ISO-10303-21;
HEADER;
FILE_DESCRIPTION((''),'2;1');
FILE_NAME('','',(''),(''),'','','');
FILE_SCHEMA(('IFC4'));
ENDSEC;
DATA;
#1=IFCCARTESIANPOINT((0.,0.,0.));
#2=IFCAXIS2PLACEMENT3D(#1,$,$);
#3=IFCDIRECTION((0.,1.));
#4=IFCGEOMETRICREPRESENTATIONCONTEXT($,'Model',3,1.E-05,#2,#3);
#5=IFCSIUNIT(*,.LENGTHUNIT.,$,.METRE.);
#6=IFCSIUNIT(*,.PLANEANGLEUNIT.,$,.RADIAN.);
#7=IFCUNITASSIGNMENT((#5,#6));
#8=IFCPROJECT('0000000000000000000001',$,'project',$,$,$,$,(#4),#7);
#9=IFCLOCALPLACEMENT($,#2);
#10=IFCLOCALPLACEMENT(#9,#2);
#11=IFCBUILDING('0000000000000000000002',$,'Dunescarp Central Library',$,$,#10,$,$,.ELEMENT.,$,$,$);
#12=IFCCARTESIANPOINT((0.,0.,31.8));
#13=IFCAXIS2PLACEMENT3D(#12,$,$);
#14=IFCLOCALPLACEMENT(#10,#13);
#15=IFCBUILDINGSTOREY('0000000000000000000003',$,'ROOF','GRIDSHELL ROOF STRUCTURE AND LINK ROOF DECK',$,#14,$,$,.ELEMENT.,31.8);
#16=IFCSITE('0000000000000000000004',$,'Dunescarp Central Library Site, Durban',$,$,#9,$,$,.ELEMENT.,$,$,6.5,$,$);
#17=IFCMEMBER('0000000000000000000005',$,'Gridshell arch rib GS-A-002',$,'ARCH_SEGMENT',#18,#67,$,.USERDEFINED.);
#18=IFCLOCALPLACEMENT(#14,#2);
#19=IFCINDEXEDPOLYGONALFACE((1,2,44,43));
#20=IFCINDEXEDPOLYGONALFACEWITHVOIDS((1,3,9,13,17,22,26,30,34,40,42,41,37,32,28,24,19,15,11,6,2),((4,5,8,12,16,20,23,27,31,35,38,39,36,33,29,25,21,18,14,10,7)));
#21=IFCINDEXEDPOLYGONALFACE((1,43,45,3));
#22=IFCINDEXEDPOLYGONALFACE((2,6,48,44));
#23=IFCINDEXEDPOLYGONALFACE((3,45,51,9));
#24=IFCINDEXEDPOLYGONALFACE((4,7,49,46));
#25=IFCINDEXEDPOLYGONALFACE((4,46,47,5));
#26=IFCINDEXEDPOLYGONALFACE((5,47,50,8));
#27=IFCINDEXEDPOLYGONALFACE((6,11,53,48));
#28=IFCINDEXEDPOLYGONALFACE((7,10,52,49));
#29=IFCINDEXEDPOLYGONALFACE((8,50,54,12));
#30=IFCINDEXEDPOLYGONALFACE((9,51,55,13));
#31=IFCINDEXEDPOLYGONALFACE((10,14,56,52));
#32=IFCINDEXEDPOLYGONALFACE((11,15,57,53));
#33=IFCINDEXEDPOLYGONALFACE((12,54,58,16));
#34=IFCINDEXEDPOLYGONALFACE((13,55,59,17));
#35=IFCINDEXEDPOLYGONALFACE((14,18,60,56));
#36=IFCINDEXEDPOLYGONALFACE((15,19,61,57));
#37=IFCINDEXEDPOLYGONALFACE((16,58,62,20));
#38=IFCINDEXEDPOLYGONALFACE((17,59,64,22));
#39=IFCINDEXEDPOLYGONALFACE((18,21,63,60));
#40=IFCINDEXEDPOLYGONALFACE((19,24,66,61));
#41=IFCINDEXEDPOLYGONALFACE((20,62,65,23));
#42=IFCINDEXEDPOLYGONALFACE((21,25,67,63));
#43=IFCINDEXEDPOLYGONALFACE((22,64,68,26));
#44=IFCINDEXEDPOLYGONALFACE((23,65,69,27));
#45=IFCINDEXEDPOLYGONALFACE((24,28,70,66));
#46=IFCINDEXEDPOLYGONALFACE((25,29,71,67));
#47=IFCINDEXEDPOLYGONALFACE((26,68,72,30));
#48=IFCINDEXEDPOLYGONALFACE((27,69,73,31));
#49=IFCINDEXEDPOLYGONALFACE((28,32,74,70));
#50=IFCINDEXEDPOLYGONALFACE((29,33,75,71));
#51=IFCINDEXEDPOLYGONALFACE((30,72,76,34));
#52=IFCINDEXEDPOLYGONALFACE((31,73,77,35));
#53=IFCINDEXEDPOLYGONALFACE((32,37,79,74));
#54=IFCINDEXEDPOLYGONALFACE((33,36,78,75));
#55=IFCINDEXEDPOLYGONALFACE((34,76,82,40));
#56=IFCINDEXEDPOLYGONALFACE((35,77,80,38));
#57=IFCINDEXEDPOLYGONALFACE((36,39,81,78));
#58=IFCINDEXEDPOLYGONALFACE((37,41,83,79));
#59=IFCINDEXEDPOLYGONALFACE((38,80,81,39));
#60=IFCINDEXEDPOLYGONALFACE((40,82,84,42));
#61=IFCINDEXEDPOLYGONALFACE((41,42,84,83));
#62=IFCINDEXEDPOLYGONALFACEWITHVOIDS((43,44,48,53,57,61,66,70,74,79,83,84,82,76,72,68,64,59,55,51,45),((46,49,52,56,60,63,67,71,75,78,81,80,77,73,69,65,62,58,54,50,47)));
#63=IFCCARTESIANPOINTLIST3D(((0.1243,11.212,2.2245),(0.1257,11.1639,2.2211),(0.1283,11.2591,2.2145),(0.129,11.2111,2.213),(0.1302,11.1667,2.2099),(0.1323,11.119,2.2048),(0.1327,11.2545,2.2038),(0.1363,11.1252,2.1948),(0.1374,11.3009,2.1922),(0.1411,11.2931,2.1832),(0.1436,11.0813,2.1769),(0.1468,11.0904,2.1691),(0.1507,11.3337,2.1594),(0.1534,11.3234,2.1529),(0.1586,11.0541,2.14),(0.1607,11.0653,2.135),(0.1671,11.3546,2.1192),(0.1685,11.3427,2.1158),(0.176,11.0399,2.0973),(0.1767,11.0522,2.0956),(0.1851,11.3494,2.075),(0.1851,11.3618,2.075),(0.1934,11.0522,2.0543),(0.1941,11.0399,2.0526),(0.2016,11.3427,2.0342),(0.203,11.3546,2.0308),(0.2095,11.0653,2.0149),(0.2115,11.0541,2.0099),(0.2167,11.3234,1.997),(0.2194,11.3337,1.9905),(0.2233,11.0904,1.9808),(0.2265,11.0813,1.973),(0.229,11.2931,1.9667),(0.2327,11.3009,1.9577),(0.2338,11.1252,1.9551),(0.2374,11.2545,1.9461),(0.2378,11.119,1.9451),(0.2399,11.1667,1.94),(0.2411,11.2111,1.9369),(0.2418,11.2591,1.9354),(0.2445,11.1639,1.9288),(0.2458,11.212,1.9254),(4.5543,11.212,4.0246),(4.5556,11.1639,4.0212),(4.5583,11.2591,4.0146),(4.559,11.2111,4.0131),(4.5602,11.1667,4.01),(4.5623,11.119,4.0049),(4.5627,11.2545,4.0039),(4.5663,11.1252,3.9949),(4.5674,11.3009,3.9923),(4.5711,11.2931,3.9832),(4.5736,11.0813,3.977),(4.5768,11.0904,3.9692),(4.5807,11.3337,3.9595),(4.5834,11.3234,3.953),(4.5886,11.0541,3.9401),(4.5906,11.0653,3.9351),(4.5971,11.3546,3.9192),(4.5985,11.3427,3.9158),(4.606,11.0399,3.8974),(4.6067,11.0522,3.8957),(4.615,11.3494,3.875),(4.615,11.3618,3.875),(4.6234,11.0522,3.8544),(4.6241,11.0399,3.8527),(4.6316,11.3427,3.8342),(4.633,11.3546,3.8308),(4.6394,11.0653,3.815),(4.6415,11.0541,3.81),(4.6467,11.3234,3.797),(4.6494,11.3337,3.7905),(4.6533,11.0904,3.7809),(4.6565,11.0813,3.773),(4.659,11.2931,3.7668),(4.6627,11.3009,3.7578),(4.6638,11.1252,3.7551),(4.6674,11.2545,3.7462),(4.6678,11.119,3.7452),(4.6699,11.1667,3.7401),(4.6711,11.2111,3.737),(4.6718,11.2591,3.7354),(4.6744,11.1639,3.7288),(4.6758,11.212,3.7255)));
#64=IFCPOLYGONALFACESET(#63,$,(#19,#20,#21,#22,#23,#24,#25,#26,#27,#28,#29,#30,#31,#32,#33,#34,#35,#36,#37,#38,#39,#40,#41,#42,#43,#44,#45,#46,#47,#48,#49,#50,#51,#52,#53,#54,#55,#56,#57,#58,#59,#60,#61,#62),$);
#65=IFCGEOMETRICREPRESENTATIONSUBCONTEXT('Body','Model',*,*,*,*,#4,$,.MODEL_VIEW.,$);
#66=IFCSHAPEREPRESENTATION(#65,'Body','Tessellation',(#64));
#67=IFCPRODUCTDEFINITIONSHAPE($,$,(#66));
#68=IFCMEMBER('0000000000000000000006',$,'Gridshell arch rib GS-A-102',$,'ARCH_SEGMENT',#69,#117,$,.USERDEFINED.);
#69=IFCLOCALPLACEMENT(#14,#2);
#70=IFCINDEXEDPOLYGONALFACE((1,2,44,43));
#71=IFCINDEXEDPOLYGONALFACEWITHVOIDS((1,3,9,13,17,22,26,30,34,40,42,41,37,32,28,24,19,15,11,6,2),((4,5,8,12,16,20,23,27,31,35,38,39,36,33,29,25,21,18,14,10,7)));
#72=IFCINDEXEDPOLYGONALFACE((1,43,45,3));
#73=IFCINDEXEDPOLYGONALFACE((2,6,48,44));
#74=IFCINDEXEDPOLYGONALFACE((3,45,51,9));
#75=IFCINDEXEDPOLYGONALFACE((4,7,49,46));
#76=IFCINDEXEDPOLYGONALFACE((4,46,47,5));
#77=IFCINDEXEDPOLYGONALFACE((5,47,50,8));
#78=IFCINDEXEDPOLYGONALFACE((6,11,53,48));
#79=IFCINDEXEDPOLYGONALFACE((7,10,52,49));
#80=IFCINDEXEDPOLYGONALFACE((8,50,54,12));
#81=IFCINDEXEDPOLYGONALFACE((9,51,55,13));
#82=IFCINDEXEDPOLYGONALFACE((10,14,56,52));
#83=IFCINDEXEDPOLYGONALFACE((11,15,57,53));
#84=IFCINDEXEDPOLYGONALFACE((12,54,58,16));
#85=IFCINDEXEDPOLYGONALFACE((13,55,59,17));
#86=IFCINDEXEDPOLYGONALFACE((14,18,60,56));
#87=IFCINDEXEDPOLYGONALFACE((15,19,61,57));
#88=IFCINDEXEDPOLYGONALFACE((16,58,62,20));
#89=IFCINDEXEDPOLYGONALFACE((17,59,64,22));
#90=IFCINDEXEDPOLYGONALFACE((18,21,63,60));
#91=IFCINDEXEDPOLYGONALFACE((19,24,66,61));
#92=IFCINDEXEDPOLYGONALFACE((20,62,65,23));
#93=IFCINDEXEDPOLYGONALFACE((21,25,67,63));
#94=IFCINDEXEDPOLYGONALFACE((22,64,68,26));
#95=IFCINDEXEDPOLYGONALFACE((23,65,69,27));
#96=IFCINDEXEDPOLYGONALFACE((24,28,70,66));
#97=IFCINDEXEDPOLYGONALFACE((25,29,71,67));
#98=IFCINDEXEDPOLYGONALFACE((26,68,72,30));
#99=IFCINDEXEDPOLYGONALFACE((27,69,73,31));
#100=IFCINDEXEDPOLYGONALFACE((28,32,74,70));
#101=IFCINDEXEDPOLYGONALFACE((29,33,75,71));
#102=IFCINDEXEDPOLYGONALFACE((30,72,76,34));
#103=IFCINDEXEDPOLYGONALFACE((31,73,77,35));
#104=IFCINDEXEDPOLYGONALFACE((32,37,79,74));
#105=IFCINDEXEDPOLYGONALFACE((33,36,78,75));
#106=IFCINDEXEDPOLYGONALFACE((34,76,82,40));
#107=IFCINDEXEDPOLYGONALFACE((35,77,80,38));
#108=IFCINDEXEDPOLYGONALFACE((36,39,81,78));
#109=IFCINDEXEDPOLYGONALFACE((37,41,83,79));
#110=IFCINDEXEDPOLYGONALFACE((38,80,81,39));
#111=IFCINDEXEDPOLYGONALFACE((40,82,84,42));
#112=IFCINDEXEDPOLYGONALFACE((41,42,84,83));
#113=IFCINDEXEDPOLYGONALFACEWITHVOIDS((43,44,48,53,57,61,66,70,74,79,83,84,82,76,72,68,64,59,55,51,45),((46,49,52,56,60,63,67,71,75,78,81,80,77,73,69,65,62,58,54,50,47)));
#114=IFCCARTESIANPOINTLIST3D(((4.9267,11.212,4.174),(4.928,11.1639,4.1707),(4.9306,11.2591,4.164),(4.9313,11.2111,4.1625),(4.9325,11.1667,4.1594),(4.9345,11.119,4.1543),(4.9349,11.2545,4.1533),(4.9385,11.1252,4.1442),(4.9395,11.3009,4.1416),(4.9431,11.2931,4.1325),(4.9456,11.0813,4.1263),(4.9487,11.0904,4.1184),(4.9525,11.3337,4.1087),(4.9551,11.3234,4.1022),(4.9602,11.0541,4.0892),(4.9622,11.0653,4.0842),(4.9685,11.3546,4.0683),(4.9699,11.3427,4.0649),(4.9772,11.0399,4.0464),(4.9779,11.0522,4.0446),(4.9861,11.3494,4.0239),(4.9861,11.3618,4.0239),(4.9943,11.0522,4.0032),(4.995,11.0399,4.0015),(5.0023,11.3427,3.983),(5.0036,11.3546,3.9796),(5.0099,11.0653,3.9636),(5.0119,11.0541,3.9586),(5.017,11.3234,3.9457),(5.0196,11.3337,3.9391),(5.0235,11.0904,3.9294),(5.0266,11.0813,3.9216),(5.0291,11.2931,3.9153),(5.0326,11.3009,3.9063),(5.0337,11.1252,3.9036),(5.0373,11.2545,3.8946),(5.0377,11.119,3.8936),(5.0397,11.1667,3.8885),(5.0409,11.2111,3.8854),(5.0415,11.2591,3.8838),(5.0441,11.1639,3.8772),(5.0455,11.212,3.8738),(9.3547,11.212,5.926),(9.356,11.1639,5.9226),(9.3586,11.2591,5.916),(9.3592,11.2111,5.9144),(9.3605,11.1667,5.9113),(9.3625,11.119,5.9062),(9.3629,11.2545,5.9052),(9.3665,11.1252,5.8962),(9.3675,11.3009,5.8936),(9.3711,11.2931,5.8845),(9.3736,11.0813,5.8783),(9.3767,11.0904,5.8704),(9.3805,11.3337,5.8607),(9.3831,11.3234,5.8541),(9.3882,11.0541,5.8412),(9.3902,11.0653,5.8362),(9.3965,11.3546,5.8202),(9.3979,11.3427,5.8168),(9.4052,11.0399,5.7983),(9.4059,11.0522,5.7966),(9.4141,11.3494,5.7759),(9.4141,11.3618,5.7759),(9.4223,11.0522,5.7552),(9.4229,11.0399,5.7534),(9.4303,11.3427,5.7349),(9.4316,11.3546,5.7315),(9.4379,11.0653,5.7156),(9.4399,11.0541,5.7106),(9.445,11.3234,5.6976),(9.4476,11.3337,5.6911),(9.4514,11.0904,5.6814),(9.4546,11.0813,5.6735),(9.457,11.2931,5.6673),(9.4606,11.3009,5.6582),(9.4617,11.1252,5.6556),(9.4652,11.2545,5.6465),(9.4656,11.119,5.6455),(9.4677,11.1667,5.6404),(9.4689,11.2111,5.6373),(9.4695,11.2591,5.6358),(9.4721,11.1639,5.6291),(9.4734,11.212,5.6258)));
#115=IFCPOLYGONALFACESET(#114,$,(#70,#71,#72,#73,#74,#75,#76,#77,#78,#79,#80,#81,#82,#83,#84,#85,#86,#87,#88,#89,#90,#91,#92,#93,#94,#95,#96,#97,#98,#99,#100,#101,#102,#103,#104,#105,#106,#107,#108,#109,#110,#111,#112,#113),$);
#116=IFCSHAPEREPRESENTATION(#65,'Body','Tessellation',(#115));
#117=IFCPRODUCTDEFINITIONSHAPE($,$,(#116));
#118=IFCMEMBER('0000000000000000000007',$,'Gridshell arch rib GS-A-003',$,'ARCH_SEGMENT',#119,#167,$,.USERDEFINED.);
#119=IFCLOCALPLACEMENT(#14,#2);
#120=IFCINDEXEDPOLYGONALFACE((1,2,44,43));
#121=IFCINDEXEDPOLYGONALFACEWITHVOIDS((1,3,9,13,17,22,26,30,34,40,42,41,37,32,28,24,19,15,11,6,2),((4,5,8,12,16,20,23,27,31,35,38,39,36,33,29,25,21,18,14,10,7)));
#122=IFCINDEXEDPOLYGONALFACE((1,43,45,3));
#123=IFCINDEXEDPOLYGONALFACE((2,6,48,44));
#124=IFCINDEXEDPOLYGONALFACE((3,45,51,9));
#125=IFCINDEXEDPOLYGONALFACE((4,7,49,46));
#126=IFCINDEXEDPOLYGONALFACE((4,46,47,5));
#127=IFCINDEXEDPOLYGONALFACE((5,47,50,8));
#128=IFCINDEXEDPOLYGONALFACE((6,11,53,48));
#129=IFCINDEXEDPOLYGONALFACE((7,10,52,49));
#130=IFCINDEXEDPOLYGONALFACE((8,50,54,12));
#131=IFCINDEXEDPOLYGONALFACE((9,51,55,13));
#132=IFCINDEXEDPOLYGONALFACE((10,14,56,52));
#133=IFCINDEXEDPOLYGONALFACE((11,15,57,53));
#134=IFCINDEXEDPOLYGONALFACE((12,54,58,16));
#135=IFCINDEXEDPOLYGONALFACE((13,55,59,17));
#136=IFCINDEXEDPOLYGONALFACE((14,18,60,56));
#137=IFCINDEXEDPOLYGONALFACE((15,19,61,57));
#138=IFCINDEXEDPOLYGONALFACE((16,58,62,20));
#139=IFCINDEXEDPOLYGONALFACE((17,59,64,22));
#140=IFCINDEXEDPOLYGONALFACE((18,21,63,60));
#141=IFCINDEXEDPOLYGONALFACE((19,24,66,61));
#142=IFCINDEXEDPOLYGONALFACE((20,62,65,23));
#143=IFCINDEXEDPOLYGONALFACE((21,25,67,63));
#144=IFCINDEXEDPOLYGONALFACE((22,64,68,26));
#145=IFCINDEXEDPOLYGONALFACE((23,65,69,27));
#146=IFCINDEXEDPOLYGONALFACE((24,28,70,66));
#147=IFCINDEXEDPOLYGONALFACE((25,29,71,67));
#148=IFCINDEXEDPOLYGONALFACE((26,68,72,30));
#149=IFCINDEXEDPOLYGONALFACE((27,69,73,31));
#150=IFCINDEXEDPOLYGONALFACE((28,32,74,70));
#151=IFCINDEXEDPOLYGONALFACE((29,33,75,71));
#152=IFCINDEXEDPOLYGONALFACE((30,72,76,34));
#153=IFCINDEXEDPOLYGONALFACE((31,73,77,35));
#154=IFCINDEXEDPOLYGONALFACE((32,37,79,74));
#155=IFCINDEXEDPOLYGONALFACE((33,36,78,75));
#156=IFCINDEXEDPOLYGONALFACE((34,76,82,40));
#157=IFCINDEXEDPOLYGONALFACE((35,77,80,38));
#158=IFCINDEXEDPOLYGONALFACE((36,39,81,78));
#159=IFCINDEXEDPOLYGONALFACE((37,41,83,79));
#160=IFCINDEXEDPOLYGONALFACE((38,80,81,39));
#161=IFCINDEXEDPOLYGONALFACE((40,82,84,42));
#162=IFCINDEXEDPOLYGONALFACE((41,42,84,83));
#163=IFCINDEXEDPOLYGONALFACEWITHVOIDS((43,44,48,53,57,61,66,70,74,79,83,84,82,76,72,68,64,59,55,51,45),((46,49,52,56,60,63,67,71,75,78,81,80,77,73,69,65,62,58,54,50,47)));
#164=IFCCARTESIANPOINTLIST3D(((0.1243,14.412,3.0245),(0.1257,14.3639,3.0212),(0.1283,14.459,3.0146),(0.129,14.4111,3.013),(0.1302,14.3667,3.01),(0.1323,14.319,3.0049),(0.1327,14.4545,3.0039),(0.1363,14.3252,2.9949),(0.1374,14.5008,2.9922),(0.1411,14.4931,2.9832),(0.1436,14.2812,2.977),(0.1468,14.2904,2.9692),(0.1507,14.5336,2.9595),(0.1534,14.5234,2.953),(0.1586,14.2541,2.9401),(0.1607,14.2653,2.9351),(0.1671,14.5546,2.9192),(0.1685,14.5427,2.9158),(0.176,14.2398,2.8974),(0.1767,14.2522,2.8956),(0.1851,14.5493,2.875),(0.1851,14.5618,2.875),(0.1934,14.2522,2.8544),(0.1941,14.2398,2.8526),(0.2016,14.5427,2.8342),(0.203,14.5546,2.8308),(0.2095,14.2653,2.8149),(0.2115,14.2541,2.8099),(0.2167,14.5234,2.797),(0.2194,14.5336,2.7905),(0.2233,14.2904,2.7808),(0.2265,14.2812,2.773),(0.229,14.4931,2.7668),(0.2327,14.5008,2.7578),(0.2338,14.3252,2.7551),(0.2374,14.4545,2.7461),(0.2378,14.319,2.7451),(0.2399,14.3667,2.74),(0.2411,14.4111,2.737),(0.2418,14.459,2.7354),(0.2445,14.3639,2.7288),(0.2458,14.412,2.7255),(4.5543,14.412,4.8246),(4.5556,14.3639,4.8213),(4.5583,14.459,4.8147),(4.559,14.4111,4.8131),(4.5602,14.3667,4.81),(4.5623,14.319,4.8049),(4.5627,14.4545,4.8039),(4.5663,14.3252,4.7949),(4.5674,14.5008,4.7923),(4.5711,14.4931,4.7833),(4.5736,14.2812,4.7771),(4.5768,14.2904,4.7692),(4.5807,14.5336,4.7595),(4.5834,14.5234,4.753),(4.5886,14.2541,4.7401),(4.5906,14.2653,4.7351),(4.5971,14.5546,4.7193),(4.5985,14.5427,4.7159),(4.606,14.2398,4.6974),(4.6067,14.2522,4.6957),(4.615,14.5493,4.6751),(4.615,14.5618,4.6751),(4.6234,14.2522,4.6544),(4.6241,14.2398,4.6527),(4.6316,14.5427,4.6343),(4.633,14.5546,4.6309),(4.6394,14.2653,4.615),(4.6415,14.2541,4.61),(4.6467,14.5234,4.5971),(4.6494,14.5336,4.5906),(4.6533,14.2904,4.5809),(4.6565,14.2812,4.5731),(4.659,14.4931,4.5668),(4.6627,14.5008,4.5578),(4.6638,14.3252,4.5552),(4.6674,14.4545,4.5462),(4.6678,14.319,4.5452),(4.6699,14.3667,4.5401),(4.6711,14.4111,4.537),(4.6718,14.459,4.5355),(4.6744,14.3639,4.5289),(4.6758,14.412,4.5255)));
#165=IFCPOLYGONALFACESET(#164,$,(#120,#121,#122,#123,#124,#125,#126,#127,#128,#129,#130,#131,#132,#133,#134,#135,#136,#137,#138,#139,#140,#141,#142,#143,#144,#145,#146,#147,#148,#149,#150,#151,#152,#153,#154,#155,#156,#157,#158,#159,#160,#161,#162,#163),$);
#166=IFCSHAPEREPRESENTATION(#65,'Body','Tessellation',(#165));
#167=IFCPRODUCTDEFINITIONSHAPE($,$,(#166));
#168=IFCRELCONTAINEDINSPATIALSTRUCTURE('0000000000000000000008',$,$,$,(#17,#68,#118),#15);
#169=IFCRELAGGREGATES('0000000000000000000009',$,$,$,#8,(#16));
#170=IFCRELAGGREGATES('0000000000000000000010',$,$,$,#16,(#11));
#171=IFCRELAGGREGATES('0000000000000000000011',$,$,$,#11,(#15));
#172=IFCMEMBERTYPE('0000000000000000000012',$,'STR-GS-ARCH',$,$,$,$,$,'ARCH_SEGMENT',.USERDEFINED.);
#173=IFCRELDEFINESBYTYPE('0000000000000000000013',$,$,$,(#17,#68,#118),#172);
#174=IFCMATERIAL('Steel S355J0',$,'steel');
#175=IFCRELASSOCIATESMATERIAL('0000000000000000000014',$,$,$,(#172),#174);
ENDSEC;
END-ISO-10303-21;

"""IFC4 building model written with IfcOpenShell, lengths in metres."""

from ifc_helpers import new_model, si_unit, direction, frame, origin, origin_2d, place, context, subcontext, project, spatial, hollow_circle, extrude, material, material_profile, profile_set, type_object, element, save


model = new_model("IFC4")

# Units and contexts
model_context = context("Model", 3, precision=1e-05, world=origin(), true_north=direction((0.0, 1.0)))
body_context = subcontext(model_context, "Body", "Model", "MODEL_VIEW")
ifc_project = project(units=[si_unit("LENGTHUNIT", "METRE"), si_unit("PLANEANGLEUNIT", "RADIAN")], contexts=[model_context])

# Site, building, storey
site_placement = place(None, origin())
site = spatial("IfcSite", under=ifc_project, at=site_placement, Name="Dunescarp Central Library Site, Durban", CompositionType="ELEMENT", RefElevation=6.5)
building_placement = place(site_placement, origin())
building = spatial("IfcBuilding", under=site, at=building_placement, Name="Dunescarp Central Library", CompositionType="ELEMENT")
storey_placement = place(building_placement, frame((0.0, 0.0, 31.8)))
storey = spatial("IfcBuildingStorey", under=building, at=storey_placement, Name="ROOF", Description="GRIDSHELL ROOF STRUCTURE AND LINK ROOF DECK", CompositionType="ELEMENT", Elevation=31.8)

# Members
ifc_material_1 = material(Name="Steel S355J0", Category="steel")
ifc_material_profile_1 = material_profile(ifc_material_1, hollow_circle(Radius=0.1619, WallThickness=0.0125, at=origin_2d()), Name="CHS 323.9x12.5")
ifc_profile_set_1 = profile_set([ifc_material_profile_1], Name="Steel S355J0")
member_type_1 = type_object("IfcMemberType", Name="STR-GS-ARCH", ElementType="ARCH_SEGMENT", PredefinedType="USERDEFINED", material=ifc_profile_set_1)
member_1_placement = place(storey_placement, frame((0.1851, 11.2, 2.075), z_axis=(0.926438, 0.0, 0.376447), x_axis=(0.0, 1.0, 0.0)))
element("IfcMember", 1, at=member_1_placement, inside=storey, type_object=member_type_1, Name="Gridshell arch rib GS-A-002", ObjectType="ARCH_SEGMENT", PredefinedType="USERDEFINED", context=body_context, shape_type="SweptSolid", body=[
    extrude(hollow_circle(Radius=0.1619, WallThickness=0.0125, at=origin_2d()), origin(), (0.0, 0.0, 1.0), 4.7817),
])
member_2_placement = place(storey_placement, frame((4.9861, 11.2, 4.0239), z_axis=(0.929863, 0.0, 0.367905), x_axis=(0.0, 1.0, 0.0)))
element("IfcMember", 2, at=member_2_placement, inside=storey, type_object=member_type_1, Name="Gridshell arch rib GS-A-102", ObjectType="ARCH_SEGMENT", PredefinedType="USERDEFINED", context=body_context, shape_type="SweptSolid", body=[
    extrude(hollow_circle(Radius=0.1619, WallThickness=0.0125, at=origin_2d()), origin(), (0.0, 0.0, 1.0), 4.762),
])
member_3_placement = place(storey_placement, frame((0.1851, 14.3999, 2.875), z_axis=(0.926438, 0.0, 0.376447), x_axis=(0.0, 1.0, 0.0)))
element("IfcMember", 3, at=member_3_placement, inside=storey, type_object=member_type_1, Name="Gridshell arch rib GS-A-003", ObjectType="ARCH_SEGMENT", PredefinedType="USERDEFINED", context=body_context, shape_type="SweptSolid", body=[
    extrude(hollow_circle(Radius=0.1619, WallThickness=0.0125, at=origin_2d()), origin(), (0.0, 0.0, 1.0), 4.7817),
])

save(model, "model.ifc")
